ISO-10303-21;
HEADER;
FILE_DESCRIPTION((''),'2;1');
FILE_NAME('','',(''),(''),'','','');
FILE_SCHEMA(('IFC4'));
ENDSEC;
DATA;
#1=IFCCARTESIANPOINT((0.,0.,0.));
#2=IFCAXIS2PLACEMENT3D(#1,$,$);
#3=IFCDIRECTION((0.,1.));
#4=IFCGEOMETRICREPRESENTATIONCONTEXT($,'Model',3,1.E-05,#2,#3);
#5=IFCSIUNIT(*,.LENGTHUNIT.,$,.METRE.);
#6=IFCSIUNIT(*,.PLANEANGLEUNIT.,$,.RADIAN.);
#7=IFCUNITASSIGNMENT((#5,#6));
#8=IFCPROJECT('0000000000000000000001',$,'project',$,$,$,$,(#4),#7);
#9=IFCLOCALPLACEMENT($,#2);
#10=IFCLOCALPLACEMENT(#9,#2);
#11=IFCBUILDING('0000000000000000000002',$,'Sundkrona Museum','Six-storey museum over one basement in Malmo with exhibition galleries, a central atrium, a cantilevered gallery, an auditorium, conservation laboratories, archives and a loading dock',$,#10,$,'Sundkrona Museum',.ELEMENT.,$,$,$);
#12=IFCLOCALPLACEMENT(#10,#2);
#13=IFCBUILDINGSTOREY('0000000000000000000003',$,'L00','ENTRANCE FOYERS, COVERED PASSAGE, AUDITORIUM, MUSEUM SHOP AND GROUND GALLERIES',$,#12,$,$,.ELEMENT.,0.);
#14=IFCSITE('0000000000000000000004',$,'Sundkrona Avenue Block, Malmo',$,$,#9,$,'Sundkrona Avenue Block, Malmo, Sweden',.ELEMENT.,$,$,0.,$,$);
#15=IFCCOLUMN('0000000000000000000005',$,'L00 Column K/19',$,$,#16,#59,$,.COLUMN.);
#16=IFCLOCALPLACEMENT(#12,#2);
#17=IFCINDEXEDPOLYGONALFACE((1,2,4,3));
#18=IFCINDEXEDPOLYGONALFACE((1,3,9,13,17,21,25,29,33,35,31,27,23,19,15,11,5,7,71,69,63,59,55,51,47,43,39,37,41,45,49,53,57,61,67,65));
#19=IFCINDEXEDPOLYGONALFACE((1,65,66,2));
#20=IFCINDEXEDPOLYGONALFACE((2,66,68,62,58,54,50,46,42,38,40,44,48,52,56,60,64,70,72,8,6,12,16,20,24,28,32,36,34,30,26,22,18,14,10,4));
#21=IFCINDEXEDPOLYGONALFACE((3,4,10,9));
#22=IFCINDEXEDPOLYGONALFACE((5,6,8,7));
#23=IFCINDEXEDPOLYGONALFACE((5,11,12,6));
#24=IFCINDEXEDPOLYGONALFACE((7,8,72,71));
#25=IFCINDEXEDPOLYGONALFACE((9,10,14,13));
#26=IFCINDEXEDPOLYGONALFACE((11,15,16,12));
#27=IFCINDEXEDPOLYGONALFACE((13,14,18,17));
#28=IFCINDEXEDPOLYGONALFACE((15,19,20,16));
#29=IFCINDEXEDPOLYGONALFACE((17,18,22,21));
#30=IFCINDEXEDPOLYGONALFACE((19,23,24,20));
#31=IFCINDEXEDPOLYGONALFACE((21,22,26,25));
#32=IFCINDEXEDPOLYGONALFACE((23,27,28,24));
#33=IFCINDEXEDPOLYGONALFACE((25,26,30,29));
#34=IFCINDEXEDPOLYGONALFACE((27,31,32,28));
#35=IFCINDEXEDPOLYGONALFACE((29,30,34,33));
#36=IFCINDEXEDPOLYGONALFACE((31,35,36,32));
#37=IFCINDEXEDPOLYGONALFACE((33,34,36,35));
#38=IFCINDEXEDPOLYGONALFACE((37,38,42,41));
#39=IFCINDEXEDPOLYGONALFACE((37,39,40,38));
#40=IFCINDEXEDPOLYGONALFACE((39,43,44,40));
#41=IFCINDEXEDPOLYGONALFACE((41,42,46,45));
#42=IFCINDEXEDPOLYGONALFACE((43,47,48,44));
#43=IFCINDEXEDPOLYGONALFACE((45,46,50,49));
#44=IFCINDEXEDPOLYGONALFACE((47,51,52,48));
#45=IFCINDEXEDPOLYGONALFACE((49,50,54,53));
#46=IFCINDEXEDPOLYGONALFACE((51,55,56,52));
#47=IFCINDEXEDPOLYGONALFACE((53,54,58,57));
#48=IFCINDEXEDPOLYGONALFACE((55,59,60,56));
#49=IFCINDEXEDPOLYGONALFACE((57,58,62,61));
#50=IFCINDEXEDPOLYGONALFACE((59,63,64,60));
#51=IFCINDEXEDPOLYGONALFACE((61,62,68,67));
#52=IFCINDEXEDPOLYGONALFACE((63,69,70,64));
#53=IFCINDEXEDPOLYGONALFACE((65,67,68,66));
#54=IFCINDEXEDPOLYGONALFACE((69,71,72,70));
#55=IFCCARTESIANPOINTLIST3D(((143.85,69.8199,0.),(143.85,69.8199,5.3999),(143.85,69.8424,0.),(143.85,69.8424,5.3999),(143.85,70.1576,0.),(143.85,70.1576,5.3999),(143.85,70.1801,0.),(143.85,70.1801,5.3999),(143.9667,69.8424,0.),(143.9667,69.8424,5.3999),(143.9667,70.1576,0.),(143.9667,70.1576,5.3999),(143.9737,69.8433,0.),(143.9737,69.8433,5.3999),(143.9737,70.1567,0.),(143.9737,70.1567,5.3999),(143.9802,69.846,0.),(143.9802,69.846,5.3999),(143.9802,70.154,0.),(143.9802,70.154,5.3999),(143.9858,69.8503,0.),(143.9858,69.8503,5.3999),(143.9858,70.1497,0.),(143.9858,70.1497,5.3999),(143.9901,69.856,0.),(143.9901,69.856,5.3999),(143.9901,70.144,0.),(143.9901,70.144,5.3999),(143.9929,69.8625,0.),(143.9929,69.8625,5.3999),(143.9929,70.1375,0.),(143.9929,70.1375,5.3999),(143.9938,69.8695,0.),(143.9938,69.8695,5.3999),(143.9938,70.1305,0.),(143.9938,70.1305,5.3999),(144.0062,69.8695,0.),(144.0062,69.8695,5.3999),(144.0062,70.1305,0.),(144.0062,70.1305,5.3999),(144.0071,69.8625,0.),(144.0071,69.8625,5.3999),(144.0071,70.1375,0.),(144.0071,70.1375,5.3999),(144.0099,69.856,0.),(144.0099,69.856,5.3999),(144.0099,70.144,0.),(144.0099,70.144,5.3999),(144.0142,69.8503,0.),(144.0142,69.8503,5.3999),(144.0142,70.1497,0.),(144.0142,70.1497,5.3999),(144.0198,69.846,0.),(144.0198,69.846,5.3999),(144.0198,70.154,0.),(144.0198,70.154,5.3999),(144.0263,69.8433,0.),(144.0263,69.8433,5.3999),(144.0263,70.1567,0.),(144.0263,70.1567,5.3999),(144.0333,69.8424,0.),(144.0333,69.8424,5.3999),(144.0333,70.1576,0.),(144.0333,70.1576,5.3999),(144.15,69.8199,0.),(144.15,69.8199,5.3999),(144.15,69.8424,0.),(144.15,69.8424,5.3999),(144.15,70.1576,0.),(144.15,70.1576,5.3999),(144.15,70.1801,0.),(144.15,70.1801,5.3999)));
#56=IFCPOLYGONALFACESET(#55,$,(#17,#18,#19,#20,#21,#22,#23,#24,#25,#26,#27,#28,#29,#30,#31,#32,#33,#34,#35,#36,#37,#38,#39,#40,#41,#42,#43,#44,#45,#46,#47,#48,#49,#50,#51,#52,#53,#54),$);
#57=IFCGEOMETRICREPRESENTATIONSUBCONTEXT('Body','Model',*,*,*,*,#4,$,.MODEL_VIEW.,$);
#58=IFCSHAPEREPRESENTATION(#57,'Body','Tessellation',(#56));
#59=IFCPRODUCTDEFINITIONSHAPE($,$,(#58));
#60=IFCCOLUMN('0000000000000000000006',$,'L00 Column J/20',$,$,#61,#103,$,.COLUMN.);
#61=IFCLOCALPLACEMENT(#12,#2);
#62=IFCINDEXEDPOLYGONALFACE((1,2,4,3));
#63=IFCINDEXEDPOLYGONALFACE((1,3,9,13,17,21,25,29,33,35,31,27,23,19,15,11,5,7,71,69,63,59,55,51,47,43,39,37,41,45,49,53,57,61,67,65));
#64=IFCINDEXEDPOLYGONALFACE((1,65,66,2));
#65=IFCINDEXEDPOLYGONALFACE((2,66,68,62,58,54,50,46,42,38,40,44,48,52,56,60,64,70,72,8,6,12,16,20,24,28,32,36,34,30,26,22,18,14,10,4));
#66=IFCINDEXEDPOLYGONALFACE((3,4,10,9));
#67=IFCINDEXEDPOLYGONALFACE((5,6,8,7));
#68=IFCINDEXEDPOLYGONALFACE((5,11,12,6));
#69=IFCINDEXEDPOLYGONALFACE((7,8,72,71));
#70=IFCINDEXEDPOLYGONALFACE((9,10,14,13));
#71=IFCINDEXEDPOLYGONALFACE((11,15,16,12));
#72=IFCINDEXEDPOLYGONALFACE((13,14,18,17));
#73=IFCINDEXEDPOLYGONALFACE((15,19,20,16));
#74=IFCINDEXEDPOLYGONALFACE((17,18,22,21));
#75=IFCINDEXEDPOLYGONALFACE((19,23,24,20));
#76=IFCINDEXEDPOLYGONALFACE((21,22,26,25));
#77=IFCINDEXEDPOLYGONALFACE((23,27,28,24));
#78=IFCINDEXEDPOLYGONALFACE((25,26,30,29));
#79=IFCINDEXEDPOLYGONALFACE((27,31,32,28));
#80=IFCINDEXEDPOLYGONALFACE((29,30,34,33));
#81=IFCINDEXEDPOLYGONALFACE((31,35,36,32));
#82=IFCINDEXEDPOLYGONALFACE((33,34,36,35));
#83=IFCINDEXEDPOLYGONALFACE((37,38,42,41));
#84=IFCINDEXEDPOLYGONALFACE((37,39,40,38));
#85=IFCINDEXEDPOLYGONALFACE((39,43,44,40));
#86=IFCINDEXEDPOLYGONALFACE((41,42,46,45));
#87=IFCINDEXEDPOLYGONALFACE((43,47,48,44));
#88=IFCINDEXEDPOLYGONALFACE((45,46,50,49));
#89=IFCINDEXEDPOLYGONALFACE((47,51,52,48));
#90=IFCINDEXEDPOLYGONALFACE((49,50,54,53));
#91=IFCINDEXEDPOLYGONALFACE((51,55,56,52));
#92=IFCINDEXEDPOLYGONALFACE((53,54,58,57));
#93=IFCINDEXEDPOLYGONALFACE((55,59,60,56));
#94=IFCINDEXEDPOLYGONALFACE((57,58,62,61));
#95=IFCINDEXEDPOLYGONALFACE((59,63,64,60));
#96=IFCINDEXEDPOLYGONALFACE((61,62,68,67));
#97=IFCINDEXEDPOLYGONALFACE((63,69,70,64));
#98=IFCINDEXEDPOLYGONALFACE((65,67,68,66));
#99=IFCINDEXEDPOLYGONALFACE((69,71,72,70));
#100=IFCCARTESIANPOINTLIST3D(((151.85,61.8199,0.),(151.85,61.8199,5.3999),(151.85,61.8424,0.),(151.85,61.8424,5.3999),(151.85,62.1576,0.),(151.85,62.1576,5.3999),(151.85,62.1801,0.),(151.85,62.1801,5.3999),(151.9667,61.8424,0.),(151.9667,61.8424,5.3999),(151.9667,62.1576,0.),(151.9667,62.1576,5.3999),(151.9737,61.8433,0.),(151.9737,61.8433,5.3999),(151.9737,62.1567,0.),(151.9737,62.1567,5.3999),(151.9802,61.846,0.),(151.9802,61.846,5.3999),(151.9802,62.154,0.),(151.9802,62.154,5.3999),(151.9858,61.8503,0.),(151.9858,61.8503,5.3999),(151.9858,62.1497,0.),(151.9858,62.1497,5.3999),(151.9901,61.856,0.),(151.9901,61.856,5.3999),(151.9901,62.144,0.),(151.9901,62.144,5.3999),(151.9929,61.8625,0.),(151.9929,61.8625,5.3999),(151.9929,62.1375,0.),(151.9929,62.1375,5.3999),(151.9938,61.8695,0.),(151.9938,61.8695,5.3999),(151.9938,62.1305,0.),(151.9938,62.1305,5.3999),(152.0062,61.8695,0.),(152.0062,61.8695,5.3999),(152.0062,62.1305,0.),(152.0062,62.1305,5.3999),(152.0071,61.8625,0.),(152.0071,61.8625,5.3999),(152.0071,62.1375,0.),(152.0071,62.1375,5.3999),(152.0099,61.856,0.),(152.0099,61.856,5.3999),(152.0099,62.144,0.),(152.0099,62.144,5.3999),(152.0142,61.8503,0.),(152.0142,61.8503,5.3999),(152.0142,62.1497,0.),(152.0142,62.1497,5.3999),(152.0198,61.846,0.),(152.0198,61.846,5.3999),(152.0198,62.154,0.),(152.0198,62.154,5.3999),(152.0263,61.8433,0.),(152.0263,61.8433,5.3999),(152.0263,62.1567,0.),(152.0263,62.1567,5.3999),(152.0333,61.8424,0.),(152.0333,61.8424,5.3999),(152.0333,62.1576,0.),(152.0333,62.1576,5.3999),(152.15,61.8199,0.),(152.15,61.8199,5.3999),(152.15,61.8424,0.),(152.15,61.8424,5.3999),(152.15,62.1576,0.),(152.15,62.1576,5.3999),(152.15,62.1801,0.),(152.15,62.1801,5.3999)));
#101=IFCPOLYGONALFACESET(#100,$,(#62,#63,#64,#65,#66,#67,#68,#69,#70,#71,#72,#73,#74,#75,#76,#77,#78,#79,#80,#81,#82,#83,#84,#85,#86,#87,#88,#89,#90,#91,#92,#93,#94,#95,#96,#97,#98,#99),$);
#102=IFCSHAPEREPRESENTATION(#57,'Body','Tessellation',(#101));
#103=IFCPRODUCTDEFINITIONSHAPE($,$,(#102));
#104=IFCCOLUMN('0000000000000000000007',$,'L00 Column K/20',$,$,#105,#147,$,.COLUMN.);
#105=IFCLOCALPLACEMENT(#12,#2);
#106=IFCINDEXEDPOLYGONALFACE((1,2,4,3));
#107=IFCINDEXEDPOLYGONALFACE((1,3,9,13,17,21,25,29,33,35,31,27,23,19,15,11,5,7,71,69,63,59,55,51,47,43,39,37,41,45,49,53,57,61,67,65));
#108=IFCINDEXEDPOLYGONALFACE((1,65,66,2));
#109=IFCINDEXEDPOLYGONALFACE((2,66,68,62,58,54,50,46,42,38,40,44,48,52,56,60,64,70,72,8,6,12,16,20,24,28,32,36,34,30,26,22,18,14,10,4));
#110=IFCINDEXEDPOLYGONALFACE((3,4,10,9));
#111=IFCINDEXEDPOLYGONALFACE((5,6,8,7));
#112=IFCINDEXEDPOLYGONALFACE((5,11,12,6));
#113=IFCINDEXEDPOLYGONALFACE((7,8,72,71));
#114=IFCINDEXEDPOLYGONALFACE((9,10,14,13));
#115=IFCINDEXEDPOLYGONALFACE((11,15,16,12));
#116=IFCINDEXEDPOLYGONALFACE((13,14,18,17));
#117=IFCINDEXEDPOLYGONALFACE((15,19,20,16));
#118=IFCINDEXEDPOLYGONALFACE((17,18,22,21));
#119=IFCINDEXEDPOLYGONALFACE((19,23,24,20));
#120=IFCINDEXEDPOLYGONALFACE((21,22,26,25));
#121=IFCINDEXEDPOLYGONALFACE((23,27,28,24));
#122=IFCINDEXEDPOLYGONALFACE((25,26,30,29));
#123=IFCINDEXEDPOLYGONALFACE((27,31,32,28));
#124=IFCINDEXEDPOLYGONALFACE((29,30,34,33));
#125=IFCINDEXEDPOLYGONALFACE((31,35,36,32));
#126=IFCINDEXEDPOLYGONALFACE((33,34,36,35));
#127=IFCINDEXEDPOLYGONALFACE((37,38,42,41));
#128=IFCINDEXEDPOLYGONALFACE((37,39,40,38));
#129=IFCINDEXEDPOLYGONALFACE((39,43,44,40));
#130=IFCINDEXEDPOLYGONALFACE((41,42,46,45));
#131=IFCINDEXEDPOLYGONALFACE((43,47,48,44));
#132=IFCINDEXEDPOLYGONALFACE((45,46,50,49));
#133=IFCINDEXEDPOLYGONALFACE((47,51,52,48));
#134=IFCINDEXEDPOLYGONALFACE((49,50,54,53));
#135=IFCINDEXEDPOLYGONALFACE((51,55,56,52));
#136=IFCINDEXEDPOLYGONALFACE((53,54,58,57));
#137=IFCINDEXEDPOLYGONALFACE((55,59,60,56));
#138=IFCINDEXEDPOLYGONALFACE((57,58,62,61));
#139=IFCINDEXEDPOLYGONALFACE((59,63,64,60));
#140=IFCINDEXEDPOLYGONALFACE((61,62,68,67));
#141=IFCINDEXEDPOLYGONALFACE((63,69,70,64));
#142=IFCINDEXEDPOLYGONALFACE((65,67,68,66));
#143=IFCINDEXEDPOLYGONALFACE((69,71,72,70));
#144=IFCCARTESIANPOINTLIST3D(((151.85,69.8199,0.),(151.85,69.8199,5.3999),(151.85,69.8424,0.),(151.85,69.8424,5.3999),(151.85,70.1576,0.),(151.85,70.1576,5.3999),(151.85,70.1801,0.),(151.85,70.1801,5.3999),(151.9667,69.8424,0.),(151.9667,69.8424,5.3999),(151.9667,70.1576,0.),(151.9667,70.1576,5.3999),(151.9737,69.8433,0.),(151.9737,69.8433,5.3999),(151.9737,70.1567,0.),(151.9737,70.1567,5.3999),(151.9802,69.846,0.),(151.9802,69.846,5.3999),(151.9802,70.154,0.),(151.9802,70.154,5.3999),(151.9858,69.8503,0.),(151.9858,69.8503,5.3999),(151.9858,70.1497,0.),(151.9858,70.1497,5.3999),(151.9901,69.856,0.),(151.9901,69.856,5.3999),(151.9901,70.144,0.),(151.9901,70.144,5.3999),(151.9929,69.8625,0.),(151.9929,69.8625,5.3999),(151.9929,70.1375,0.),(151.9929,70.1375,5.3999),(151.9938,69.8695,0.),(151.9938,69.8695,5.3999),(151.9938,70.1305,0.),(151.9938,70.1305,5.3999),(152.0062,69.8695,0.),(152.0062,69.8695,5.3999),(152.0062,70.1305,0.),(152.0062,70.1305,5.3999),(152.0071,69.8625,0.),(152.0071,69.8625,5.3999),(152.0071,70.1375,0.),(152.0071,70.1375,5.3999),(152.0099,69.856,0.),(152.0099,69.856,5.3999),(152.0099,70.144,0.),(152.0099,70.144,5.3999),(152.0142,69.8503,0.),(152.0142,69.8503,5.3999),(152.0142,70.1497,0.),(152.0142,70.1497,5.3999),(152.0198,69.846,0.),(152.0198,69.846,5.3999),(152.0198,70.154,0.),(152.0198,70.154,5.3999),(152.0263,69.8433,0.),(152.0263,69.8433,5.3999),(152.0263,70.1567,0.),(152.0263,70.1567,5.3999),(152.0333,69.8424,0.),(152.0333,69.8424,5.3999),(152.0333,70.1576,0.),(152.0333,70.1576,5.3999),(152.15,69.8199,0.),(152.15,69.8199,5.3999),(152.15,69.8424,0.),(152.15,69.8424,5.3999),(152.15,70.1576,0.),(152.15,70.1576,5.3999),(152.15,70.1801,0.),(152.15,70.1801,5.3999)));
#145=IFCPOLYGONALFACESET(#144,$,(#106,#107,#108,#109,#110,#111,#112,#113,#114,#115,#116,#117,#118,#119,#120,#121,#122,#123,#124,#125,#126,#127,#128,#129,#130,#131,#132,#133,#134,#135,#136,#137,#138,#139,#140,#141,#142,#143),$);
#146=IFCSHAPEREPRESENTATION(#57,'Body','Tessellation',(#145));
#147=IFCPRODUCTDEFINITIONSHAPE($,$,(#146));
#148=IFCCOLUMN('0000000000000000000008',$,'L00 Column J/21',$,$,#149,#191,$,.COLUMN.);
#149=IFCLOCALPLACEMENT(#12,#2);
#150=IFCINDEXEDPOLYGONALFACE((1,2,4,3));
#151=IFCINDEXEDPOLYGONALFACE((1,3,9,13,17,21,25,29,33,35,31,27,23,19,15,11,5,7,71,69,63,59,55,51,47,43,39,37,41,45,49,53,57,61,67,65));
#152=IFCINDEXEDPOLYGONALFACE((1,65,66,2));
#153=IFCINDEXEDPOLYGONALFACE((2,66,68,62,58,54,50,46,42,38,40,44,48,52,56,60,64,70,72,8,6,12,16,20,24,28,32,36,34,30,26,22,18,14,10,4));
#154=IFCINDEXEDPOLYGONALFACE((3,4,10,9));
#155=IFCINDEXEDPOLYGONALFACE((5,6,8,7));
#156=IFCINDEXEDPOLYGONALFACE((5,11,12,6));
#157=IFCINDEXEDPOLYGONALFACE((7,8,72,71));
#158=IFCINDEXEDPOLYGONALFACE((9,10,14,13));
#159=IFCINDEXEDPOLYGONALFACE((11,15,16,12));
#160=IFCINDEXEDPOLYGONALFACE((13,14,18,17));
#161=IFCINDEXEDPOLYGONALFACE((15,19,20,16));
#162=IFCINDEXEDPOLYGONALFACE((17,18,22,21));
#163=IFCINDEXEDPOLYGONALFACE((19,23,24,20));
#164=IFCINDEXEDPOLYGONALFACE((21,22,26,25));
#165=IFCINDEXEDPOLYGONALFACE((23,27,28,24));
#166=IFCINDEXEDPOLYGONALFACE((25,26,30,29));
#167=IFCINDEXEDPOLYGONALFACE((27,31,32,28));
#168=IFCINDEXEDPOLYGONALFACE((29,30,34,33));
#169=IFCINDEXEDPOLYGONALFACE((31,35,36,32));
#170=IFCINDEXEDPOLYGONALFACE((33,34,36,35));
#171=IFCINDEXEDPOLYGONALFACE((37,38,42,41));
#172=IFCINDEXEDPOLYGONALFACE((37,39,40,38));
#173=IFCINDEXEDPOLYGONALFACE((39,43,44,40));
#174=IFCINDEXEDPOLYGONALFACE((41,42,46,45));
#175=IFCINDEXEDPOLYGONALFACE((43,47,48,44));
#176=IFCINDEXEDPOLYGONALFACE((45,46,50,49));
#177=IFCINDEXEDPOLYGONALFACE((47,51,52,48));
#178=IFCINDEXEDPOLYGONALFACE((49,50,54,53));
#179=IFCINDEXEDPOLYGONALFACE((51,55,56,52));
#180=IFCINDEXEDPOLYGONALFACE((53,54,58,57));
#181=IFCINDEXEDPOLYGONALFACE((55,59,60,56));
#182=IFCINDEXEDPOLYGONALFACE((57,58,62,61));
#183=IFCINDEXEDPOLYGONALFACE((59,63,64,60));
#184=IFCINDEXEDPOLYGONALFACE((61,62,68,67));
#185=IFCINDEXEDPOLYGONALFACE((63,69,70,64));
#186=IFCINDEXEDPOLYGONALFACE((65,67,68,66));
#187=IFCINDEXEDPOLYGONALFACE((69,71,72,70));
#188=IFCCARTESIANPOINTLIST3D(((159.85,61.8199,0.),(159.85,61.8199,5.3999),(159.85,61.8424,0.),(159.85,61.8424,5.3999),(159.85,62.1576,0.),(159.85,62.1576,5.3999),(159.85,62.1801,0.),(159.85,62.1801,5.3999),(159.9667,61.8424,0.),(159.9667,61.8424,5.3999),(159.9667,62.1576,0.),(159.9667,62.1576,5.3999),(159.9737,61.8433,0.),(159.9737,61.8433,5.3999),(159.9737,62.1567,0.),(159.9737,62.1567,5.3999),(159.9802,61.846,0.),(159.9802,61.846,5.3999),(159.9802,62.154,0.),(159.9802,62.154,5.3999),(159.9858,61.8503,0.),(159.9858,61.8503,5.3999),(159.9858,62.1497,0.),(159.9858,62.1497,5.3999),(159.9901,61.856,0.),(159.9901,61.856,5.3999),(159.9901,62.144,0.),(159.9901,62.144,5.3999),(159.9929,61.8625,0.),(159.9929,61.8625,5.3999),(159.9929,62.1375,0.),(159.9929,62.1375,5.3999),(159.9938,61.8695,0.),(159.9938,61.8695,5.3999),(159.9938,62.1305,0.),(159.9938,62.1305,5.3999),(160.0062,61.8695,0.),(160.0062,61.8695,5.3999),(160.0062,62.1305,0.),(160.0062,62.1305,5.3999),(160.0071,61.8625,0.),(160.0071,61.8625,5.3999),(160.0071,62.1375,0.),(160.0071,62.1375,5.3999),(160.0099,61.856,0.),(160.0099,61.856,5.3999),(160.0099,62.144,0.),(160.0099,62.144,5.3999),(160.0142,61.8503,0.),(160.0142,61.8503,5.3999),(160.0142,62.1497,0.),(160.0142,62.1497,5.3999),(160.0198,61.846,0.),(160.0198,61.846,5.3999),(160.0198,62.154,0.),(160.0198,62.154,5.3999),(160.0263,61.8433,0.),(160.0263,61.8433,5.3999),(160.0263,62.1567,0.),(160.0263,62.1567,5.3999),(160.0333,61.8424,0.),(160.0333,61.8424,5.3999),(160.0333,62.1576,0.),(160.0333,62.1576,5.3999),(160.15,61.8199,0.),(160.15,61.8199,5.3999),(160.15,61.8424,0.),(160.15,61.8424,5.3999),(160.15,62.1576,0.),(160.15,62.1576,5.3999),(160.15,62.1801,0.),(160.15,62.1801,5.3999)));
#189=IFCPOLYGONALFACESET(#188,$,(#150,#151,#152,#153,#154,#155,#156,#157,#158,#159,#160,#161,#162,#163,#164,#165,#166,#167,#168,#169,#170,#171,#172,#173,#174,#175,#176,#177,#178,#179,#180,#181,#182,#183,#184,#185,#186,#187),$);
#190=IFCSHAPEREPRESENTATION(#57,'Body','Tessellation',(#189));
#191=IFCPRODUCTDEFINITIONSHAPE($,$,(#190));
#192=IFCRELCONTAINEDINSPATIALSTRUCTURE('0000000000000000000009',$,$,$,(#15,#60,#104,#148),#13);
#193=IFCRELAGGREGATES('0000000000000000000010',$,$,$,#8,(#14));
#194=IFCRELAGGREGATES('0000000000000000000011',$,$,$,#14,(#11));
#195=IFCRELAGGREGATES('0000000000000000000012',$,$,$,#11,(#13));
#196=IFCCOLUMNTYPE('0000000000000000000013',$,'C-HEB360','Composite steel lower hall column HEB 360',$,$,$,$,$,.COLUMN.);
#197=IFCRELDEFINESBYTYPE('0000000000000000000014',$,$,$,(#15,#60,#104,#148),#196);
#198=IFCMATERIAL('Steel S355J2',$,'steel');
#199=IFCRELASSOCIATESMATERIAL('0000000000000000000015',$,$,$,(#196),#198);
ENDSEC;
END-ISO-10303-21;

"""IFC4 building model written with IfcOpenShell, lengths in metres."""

from ifc_helpers import new_model, si_unit, direction, frame, origin, origin_2d, place, context, subcontext, project, spatial, i_section, extrude, material, material_profile, profile_set, type_object, element, save


model = new_model("IFC4")

# Units and contexts
model_context = context("Model", 3, precision=1e-05, world=origin(), true_north=direction((0.0, 1.0)))
body_context = subcontext(model_context, "Body", "Model", "MODEL_VIEW")
ifc_project = project(units=[si_unit("LENGTHUNIT", "METRE"), si_unit("PLANEANGLEUNIT", "RADIAN")], contexts=[model_context])

# Site, building, storey
site_placement = place(None, origin())
site = spatial("IfcSite", under=ifc_project, at=site_placement, Name="Sundkrona Avenue Block, Malmo", LongName="Sundkrona Avenue Block, Malmo, Sweden", CompositionType="ELEMENT", RefElevation=0.0)
building_placement = place(site_placement, origin())
building = spatial("IfcBuilding", under=site, at=building_placement, Name="Sundkrona Museum", Description="Six-storey museum over one basement in Malmo with exhibition galleries, a central atrium, a cantilevered gallery, an auditorium, conservation laboratories, archives and a loading dock", LongName="Sundkrona Museum", CompositionType="ELEMENT")
storey_placement = place(building_placement, origin())
storey = spatial("IfcBuildingStorey", under=building, at=storey_placement, Name="L00", Description="ENTRANCE FOYERS, COVERED PASSAGE, AUDITORIUM, MUSEUM SHOP AND GROUND GALLERIES", CompositionType="ELEMENT", Elevation=0.0)

# Columns
ifc_material = material(Name="Steel S355J2", Category="steel")
ifc_material_profile_1 = material_profile(ifc_material, i_section(OverallWidth=0.3, OverallDepth=0.3601, WebThickness=0.0125, FlangeThickness=0.0225, FilletRadius=0.0271, at=origin_2d()), Name="HEB 360")
ifc_profile_set_1 = profile_set([ifc_material_profile_1], Name="Steel S355J2")
column_type = type_object("IfcColumnType", Name="C-HEB360", Description="Composite steel lower hall column HEB 360", PredefinedType="COLUMN", material=ifc_profile_set_1)
for number, where, z_axis, x_axis, name in (
    (1, (144.0, 70.0, 0.0), (0.0, 0.0, 1.0), (1.0, 0.0, 0.0), "L00 Column K/19"),
    (2, (152.0, 62.0, 0.0), (0.0, 0.0, 1.0), (1.0, 0.0, 0.0), "L00 Column J/20"),
    (3, (152.0, 70.0, 0.0), (0.0, 0.0, 1.0), (1.0, 0.0, 0.0), "L00 Column K/20"),
    (4, (160.0, 62.0, 0.0), (0.0, 0.0, 1.0), (1.0, 0.0, 0.0), "L00 Column J/21"),
):
    element("IfcColumn", number, at=place(storey_placement, frame(where, z_axis=z_axis, x_axis=x_axis)), inside=storey, type_object=column_type, Name=name, PredefinedType="COLUMN", context=body_context, shape_type="SweptSolid", body=[
        extrude(i_section(OverallWidth=0.3, OverallDepth=0.3601, WebThickness=0.0125, FlangeThickness=0.0225, FilletRadius=0.0271, at=origin_2d()), origin(), (0.0, 0.0, 1.0), 5.3999),
    ])

save(model, "model.ifc")
